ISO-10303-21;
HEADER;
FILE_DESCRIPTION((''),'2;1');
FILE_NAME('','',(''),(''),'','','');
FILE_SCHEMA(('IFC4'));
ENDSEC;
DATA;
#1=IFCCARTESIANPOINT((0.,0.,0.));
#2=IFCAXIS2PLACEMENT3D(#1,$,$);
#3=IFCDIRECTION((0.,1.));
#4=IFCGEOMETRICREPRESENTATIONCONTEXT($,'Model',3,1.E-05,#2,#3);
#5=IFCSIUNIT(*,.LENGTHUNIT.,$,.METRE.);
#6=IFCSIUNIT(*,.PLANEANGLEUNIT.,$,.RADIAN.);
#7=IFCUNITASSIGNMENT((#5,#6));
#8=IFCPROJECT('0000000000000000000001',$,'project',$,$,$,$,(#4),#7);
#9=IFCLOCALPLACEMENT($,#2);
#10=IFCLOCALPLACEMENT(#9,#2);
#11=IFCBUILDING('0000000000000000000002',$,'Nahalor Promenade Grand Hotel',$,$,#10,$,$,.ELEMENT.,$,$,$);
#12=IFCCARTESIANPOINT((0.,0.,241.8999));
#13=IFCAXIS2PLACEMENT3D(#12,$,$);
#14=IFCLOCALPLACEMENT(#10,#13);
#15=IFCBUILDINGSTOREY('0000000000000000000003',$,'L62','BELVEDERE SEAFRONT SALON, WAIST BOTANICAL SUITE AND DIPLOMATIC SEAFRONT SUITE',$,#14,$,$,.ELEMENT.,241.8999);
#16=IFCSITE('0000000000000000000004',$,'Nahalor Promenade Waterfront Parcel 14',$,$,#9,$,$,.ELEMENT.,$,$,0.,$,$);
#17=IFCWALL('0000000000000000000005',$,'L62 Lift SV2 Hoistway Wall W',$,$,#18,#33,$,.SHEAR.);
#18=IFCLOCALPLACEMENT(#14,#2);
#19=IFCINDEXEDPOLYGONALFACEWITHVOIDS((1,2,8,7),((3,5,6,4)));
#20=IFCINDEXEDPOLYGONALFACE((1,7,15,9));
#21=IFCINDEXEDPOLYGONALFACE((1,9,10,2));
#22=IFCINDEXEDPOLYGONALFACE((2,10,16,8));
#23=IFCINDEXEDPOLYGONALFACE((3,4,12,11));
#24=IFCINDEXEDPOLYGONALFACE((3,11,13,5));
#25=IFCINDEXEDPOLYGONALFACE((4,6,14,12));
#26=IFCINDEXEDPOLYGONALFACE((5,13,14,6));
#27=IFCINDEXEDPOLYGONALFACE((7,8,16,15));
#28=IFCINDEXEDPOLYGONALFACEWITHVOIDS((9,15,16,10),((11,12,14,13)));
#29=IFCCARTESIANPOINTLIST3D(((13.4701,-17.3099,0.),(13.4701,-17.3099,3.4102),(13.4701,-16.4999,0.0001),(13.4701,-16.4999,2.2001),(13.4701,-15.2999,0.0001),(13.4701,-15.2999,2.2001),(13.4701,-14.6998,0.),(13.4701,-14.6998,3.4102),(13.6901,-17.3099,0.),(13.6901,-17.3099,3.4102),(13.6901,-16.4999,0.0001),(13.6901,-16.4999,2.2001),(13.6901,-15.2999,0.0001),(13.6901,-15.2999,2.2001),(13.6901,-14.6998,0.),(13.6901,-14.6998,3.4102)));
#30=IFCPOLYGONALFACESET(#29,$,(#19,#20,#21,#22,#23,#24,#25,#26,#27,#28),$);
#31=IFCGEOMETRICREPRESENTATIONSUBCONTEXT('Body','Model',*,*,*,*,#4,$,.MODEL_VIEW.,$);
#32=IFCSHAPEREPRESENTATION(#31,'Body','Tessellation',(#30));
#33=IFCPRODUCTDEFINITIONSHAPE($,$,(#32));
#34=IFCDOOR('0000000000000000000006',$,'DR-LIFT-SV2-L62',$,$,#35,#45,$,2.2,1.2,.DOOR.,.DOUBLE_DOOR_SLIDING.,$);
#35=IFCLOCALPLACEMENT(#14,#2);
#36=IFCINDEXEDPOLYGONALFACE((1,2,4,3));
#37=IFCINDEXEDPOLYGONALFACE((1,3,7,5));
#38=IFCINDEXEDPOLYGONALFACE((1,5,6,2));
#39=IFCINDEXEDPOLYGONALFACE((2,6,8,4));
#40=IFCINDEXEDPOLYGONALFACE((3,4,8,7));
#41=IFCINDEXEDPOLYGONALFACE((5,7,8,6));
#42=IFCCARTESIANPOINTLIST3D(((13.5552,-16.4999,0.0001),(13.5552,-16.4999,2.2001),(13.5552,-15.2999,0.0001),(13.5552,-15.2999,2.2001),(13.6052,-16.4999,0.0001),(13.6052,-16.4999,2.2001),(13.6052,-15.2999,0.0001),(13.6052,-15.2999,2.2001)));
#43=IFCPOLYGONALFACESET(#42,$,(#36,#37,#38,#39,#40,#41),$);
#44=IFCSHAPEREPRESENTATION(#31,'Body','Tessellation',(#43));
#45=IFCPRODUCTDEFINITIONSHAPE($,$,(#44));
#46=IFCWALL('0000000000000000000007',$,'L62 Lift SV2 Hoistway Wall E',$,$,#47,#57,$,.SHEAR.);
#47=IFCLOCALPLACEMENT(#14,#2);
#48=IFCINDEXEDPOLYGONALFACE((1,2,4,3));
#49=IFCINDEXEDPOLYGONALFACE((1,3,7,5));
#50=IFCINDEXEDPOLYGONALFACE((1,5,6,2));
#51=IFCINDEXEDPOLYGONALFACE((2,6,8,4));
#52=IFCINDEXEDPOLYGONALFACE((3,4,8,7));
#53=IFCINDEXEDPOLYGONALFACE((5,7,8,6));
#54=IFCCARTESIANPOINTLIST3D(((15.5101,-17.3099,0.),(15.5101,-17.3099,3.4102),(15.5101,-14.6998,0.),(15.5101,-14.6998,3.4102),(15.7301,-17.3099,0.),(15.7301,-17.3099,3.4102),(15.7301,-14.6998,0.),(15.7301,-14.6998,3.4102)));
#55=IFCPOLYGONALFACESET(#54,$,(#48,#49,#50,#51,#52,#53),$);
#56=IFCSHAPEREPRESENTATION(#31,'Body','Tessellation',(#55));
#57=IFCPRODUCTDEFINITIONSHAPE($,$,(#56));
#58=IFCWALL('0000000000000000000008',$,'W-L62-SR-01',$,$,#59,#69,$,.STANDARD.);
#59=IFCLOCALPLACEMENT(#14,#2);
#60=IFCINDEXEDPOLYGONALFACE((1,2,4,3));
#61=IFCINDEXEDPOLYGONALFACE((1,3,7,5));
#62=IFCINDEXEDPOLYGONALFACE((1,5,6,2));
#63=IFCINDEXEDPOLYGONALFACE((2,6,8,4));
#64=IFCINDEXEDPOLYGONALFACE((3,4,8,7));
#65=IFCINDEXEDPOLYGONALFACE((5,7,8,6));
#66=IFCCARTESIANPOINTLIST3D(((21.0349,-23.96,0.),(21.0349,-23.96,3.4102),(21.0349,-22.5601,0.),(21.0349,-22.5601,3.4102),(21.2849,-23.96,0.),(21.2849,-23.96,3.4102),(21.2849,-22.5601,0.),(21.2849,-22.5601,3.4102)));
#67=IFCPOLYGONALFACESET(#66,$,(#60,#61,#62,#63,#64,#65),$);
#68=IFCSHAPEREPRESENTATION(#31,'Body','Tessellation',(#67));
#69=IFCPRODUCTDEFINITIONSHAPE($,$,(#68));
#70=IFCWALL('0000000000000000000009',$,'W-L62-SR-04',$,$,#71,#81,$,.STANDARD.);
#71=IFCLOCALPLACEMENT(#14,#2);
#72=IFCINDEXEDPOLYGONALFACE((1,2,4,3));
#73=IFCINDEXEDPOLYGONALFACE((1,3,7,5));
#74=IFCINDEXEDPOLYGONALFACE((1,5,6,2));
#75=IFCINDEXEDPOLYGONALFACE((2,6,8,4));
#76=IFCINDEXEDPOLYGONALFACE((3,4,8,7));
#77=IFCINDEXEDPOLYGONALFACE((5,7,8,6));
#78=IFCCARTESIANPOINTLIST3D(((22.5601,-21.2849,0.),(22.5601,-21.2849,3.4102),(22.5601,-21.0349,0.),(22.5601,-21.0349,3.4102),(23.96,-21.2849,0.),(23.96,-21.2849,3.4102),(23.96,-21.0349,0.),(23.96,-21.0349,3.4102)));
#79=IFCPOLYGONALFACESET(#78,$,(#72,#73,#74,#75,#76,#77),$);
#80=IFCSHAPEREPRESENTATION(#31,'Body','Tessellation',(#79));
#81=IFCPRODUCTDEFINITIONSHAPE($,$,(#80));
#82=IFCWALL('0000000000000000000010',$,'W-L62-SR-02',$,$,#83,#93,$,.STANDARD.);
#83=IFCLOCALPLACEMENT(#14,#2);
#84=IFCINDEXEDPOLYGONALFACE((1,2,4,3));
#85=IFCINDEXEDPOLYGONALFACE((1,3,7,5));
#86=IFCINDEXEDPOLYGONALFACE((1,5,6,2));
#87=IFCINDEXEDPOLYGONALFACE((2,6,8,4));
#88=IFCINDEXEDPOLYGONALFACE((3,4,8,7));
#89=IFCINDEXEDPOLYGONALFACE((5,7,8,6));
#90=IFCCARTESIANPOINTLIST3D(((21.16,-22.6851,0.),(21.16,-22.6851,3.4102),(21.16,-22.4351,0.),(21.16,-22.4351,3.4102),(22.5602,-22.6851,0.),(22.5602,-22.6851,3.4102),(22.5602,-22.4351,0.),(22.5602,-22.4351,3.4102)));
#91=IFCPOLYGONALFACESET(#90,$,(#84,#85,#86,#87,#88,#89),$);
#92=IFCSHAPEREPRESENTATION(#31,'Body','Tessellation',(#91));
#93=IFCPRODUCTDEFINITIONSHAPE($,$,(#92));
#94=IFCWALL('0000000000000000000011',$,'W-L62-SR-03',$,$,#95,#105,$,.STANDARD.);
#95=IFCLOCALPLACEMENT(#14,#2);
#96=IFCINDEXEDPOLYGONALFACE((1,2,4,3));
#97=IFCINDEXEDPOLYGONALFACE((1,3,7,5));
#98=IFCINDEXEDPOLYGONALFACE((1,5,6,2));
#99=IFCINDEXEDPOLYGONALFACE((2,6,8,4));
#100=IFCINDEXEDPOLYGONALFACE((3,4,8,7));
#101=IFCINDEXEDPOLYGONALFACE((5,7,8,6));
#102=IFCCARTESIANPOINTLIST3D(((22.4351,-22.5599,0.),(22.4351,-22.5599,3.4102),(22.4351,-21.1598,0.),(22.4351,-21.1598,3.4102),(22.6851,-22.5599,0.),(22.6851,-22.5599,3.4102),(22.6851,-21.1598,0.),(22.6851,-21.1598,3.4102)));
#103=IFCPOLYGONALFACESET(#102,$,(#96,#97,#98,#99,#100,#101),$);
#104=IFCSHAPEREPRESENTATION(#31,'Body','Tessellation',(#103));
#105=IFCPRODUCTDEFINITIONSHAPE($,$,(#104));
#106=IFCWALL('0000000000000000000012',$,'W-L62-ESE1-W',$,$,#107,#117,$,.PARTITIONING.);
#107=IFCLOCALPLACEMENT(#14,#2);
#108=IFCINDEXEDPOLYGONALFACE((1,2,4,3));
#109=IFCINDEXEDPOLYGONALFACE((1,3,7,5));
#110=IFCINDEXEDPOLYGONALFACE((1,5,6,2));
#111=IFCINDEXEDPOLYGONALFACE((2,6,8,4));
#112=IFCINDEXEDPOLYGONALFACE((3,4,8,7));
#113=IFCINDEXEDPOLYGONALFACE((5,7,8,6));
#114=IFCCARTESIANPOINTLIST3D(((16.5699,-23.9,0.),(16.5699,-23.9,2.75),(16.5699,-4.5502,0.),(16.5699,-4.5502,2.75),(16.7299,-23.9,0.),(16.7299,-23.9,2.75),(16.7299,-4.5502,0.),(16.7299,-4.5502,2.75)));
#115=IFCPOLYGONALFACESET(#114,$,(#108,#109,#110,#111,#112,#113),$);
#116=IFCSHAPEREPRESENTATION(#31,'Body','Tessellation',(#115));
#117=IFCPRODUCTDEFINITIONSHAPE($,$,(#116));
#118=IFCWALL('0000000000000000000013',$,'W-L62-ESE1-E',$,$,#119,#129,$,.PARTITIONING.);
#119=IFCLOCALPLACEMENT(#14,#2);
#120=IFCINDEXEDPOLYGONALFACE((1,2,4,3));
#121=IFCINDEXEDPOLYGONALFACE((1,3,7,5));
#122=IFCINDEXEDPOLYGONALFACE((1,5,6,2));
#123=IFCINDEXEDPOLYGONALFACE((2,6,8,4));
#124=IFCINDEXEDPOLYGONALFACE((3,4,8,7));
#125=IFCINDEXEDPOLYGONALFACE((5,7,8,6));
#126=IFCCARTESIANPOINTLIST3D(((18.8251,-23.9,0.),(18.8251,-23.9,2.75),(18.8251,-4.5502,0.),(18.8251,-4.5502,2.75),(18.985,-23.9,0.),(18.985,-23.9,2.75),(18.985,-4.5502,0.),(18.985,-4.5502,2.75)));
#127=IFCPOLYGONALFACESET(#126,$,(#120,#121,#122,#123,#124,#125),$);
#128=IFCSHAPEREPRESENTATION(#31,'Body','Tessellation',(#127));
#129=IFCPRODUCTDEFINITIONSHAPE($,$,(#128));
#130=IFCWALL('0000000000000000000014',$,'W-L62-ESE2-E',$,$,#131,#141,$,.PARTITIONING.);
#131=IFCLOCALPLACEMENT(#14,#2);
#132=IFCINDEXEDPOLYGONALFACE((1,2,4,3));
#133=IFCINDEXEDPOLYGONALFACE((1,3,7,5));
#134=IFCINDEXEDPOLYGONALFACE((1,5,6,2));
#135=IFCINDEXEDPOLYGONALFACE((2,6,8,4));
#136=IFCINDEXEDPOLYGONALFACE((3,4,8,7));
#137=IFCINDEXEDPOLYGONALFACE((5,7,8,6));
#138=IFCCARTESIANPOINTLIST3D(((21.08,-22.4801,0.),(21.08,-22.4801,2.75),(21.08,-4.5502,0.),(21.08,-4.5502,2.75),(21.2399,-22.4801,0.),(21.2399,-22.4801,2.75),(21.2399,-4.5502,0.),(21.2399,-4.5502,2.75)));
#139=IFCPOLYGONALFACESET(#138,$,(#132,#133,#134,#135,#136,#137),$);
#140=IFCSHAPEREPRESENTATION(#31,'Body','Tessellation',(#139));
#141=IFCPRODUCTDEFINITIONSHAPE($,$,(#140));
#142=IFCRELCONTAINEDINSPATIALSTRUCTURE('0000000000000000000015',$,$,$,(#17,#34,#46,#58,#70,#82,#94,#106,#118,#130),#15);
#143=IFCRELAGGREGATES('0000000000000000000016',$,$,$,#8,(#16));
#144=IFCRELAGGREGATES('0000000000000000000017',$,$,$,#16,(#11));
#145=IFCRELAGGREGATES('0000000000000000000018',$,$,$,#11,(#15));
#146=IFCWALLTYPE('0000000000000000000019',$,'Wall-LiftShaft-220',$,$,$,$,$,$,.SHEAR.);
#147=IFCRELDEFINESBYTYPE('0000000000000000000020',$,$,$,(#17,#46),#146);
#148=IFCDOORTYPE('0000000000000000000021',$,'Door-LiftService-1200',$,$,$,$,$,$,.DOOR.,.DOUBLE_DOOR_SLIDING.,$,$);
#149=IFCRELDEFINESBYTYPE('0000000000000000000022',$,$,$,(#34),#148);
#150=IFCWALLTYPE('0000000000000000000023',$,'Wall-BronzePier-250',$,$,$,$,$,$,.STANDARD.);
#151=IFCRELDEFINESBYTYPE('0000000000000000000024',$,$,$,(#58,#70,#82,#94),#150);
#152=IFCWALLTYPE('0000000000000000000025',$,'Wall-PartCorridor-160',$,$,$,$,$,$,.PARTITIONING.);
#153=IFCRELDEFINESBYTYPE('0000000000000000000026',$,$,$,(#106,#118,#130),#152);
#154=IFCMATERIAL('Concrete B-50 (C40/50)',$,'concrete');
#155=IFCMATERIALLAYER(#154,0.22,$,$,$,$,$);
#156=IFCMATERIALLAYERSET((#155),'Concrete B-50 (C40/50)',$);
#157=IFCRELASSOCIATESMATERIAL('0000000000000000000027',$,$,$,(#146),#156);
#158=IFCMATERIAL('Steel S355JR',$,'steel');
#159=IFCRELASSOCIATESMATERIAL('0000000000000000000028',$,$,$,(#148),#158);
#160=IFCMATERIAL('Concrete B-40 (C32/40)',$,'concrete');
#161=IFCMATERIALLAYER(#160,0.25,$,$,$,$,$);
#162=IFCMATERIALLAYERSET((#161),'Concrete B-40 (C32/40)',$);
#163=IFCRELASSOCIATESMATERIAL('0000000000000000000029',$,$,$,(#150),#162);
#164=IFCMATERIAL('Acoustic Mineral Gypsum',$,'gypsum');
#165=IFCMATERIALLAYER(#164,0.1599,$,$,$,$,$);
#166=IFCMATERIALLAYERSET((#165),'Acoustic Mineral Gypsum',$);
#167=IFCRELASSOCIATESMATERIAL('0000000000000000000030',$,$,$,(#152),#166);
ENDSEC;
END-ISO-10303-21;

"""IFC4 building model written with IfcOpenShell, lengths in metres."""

from ifc_helpers import new_model, si_unit, direction, frame, frame_2d, origin, place, context, subcontext, project, spatial, rectangle, extrude, source, transform, mapped, material, layer, layer_set, type_object, element, fill, save


model = new_model("IFC4")

# Units and contexts
model_context = context("Model", 3, precision=1e-05, world=origin(), true_north=direction((0.0, 1.0)))
body_context = subcontext(model_context, "Body", "Model", "MODEL_VIEW")
ifc_project = project(units=[si_unit("LENGTHUNIT", "METRE"), si_unit("PLANEANGLEUNIT", "RADIAN")], contexts=[model_context])

# Site, building, storey
site_placement = place(None, origin())
site = spatial("IfcSite", under=ifc_project, at=site_placement, Name="Nahalor Promenade Waterfront Parcel 14", CompositionType="ELEMENT", RefElevation=0.0)
building_placement = place(site_placement, origin())
building = spatial("IfcBuilding", under=site, at=building_placement, Name="Nahalor Promenade Grand Hotel", CompositionType="ELEMENT")
storey_placement = place(building_placement, frame((0.0, 0.0, 241.8999)))
storey = spatial("IfcBuildingStorey", under=building, at=storey_placement, Name="L62", Description="BELVEDERE SEAFRONT SALON, WAIST BOTANICAL SUITE AND DIPLOMATIC SEAFRONT SUITE", CompositionType="ELEMENT", Elevation=241.8999)

# Shared definitions
ifc_material_1 = material(Name="Steel S355JR", Category="steel")

# Shared definitions
ifc_material_2 = material(Name="Concrete B-50 (C40/50)", Category="concrete")
ifc_layer_1 = layer(ifc_material_2, 0.22)
ifc_layer_set_1 = layer_set([ifc_layer_1], Name="Concrete B-50 (C40/50)")
wall_type_1 = type_object("IfcWallType", Name="Wall-LiftShaft-220", PredefinedType="SHEAR", material=ifc_layer_set_1)

# Wall, opening, door
shared_shape_1 = source(origin(), body_context, "Body", "SweptSolid", [
    extrude(rectangle(XDim=2.6101, YDim=0.22, at=frame_2d((1.3052, 0.0))), origin(), (0.0, 0.0, 1.0), 3.4102),
])
wall_1_placement = place(storey_placement, frame((13.5801, -17.3101, 0.0), z_axis=(0.0, 0.0, 1.0), x_axis=(0.0, 1.0, 0.0)))
wall_1 = element("IfcWall", 1, at=wall_1_placement, inside=storey, type_object=wall_type_1, Name="L62 Lift SV2 Hoistway Wall W", PredefinedType="SHEAR", context=body_context, shape_type="MappedRepresentation", body=[
    mapped(shared_shape_1, transform((0.0, 0.0, 0.0), scale=1.0)),
])
opening_placement = place(wall_1_placement, frame((0.8101, 0.0, 0.0)))
opening = element("IfcOpeningElement", 2, at=opening_placement, cuts=wall_1, PredefinedType="OPENING", context=body_context, shape_type="SweptSolid", body=[
    extrude(rectangle(XDim=1.2, YDim=2.2, at=frame_2d((0.6001, 1.1001))), frame((0.0, 0.1199, 0.0), z_axis=(0.0, -1.0, 0.0), x_axis=(1.0, 0.0, 0.0)), (0.0, 0.0, 1.0), 0.24),
])
door_type = type_object("IfcDoorType", Name="Door-LiftService-1200", OperationType="DOUBLE_DOOR_SLIDING", PredefinedType="DOOR", material=ifc_material_1)
shared_shape_2 = source(origin(), body_context, "Body", "SweptSolid", [
    extrude(rectangle(XDim=1.2, YDim=2.2, at=frame_2d((0.6001, 1.1001))), frame((0.0, 0.0249, 0.0), z_axis=(0.0, -1.0, 0.0), x_axis=(1.0, 0.0, 0.0)), (0.0, 0.0, 1.0), 0.05),
])
door_placement = place(opening_placement, origin())
door = element("IfcDoor", 3, at=door_placement, inside=storey, type_object=door_type, Name="DR-LIFT-SV2-L62", OperationType="DOUBLE_DOOR_SLIDING", OverallHeight=2.2, OverallWidth=1.2, PredefinedType="DOOR", context=body_context, shape_type="MappedRepresentation", body=[
    mapped(shared_shape_2, transform((0.0, 0.0, 0.0), scale=1.0)),
])
fill(opening, door)

# Walls
wall_2_placement = place(storey_placement, frame((15.6201, -17.3101, 0.0), z_axis=(0.0, 0.0, 1.0), x_axis=(0.0, 1.0, 0.0)))
element("IfcWall", 4, at=wall_2_placement, inside=storey, type_object=wall_type_1, Name="L62 Lift SV2 Hoistway Wall E", PredefinedType="SHEAR", context=body_context, shape_type="MappedRepresentation", body=[
    mapped(shared_shape_1, transform((0.0, 0.0, 0.0), scale=1.0)),
])
ifc_material_3 = material(Name="Concrete B-40 (C32/40)", Category="concrete")
ifc_layer_2 = layer(ifc_material_3, 0.25)
ifc_layer_set_2 = layer_set([ifc_layer_2], Name="Concrete B-40 (C32/40)")
wall_type_2 = type_object("IfcWallType", Name="Wall-BronzePier-250", PredefinedType="STANDARD", material=ifc_layer_set_2)
shared_shape_3 = source(origin(), body_context, "Body", "SweptSolid", [
    extrude(rectangle(XDim=1.3999, YDim=0.25, at=frame_2d((0.7, 0.0))), origin(), (0.0, 0.0, 1.0), 3.4102),
])
for number, where, z_axis, x_axis, name in (
    (5, (21.1599, -23.96, 0.0), (0.0, 0.0, 1.0), (0.0, 1.0, 0.0), "W-L62-SR-01"),
    (6, (22.5601, -21.1599, 0.0), (0.0, 0.0, 1.0), (1.0, 0.0, 0.0), "W-L62-SR-04"),
):
    element("IfcWall", number, at=place(storey_placement, frame(where, z_axis=z_axis, x_axis=x_axis)), inside=storey, type_object=wall_type_2, Name=name, PredefinedType="STANDARD", context=body_context, shape_type="MappedRepresentation", body=[
        mapped(shared_shape_3, transform((0.0, 0.0, 0.0), scale=1.0)),
    ])
shared_shape_4 = source(origin(), body_context, "Body", "SweptSolid", [
    extrude(rectangle(XDim=1.4001, YDim=0.25, at=frame_2d((0.7002, 0.0))), origin(), (0.0, 0.0, 1.0), 3.4102),
])
for number, where, z_axis, x_axis, name in (
    (7, (21.1599, -22.5601, 0.0), (0.0, 0.0, 1.0), (1.0, 0.0, 0.0), "W-L62-SR-02"),
    (8, (22.5601, -22.5601, 0.0), (0.0, 0.0, 1.0), (0.0, 1.0, 0.0), "W-L62-SR-03"),
):
    element("IfcWall", number, at=place(storey_placement, frame(where, z_axis=z_axis, x_axis=x_axis)), inside=storey, type_object=wall_type_2, Name=name, PredefinedType="STANDARD", context=body_context, shape_type="MappedRepresentation", body=[
        mapped(shared_shape_4, transform((0.0, 0.0, 0.0), scale=1.0)),
    ])
ifc_material_4 = material(Name="Acoustic Mineral Gypsum", Category="gypsum")
ifc_layer_3 = layer(ifc_material_4, 0.1599)
ifc_layer_set_3 = layer_set([ifc_layer_3], Name="Acoustic Mineral Gypsum")
wall_type_3 = type_object("IfcWallType", Name="Wall-PartCorridor-160", PredefinedType="PARTITIONING", material=ifc_layer_set_3)
shared_shape_5 = source(origin(), body_context, "Body", "SweptSolid", [
    extrude(rectangle(XDim=19.3499, YDim=0.1599, at=frame_2d((9.6748, 0.0))), origin(), (0.0, 0.0, 1.0), 2.75),
])
for number, where, z_axis, x_axis, name in (
    (9, (16.6499, -23.8999, 0.0), (0.0, 0.0, 1.0), (0.0, 1.0, 0.0), "W-L62-ESE1-W"),
    (10, (18.905, -23.8999, 0.0), (0.0, 0.0, 1.0), (0.0, 1.0, 0.0), "W-L62-ESE1-E"),
):
    element("IfcWall", number, at=place(storey_placement, frame(where, z_axis=z_axis, x_axis=x_axis)), inside=storey, type_object=wall_type_3, Name=name, PredefinedType="PARTITIONING", context=body_context, shape_type="MappedRepresentation", body=[
        mapped(shared_shape_5, transform((0.0, 0.0, 0.0), scale=1.0)),
    ])
shared_shape_6 = source(origin(), body_context, "Body", "SweptSolid", [
    extrude(rectangle(XDim=17.9299, YDim=0.1599, at=frame_2d((8.9648, 0.0))), origin(), (0.0, 0.0, 1.0), 2.75),
])
wall_3_placement = place(storey_placement, frame((21.1599, -22.48, 0.0), z_axis=(0.0, 0.0, 1.0), x_axis=(0.0, 1.0, 0.0)))
element("IfcWall", 11, at=wall_3_placement, inside=storey, type_object=wall_type_3, Name="W-L62-ESE2-E", PredefinedType="PARTITIONING", context=body_context, shape_type="MappedRepresentation", body=[
    mapped(shared_shape_6, transform((0.0, 0.0, 0.0), scale=1.0)),
])

save(model, "model.ifc")
